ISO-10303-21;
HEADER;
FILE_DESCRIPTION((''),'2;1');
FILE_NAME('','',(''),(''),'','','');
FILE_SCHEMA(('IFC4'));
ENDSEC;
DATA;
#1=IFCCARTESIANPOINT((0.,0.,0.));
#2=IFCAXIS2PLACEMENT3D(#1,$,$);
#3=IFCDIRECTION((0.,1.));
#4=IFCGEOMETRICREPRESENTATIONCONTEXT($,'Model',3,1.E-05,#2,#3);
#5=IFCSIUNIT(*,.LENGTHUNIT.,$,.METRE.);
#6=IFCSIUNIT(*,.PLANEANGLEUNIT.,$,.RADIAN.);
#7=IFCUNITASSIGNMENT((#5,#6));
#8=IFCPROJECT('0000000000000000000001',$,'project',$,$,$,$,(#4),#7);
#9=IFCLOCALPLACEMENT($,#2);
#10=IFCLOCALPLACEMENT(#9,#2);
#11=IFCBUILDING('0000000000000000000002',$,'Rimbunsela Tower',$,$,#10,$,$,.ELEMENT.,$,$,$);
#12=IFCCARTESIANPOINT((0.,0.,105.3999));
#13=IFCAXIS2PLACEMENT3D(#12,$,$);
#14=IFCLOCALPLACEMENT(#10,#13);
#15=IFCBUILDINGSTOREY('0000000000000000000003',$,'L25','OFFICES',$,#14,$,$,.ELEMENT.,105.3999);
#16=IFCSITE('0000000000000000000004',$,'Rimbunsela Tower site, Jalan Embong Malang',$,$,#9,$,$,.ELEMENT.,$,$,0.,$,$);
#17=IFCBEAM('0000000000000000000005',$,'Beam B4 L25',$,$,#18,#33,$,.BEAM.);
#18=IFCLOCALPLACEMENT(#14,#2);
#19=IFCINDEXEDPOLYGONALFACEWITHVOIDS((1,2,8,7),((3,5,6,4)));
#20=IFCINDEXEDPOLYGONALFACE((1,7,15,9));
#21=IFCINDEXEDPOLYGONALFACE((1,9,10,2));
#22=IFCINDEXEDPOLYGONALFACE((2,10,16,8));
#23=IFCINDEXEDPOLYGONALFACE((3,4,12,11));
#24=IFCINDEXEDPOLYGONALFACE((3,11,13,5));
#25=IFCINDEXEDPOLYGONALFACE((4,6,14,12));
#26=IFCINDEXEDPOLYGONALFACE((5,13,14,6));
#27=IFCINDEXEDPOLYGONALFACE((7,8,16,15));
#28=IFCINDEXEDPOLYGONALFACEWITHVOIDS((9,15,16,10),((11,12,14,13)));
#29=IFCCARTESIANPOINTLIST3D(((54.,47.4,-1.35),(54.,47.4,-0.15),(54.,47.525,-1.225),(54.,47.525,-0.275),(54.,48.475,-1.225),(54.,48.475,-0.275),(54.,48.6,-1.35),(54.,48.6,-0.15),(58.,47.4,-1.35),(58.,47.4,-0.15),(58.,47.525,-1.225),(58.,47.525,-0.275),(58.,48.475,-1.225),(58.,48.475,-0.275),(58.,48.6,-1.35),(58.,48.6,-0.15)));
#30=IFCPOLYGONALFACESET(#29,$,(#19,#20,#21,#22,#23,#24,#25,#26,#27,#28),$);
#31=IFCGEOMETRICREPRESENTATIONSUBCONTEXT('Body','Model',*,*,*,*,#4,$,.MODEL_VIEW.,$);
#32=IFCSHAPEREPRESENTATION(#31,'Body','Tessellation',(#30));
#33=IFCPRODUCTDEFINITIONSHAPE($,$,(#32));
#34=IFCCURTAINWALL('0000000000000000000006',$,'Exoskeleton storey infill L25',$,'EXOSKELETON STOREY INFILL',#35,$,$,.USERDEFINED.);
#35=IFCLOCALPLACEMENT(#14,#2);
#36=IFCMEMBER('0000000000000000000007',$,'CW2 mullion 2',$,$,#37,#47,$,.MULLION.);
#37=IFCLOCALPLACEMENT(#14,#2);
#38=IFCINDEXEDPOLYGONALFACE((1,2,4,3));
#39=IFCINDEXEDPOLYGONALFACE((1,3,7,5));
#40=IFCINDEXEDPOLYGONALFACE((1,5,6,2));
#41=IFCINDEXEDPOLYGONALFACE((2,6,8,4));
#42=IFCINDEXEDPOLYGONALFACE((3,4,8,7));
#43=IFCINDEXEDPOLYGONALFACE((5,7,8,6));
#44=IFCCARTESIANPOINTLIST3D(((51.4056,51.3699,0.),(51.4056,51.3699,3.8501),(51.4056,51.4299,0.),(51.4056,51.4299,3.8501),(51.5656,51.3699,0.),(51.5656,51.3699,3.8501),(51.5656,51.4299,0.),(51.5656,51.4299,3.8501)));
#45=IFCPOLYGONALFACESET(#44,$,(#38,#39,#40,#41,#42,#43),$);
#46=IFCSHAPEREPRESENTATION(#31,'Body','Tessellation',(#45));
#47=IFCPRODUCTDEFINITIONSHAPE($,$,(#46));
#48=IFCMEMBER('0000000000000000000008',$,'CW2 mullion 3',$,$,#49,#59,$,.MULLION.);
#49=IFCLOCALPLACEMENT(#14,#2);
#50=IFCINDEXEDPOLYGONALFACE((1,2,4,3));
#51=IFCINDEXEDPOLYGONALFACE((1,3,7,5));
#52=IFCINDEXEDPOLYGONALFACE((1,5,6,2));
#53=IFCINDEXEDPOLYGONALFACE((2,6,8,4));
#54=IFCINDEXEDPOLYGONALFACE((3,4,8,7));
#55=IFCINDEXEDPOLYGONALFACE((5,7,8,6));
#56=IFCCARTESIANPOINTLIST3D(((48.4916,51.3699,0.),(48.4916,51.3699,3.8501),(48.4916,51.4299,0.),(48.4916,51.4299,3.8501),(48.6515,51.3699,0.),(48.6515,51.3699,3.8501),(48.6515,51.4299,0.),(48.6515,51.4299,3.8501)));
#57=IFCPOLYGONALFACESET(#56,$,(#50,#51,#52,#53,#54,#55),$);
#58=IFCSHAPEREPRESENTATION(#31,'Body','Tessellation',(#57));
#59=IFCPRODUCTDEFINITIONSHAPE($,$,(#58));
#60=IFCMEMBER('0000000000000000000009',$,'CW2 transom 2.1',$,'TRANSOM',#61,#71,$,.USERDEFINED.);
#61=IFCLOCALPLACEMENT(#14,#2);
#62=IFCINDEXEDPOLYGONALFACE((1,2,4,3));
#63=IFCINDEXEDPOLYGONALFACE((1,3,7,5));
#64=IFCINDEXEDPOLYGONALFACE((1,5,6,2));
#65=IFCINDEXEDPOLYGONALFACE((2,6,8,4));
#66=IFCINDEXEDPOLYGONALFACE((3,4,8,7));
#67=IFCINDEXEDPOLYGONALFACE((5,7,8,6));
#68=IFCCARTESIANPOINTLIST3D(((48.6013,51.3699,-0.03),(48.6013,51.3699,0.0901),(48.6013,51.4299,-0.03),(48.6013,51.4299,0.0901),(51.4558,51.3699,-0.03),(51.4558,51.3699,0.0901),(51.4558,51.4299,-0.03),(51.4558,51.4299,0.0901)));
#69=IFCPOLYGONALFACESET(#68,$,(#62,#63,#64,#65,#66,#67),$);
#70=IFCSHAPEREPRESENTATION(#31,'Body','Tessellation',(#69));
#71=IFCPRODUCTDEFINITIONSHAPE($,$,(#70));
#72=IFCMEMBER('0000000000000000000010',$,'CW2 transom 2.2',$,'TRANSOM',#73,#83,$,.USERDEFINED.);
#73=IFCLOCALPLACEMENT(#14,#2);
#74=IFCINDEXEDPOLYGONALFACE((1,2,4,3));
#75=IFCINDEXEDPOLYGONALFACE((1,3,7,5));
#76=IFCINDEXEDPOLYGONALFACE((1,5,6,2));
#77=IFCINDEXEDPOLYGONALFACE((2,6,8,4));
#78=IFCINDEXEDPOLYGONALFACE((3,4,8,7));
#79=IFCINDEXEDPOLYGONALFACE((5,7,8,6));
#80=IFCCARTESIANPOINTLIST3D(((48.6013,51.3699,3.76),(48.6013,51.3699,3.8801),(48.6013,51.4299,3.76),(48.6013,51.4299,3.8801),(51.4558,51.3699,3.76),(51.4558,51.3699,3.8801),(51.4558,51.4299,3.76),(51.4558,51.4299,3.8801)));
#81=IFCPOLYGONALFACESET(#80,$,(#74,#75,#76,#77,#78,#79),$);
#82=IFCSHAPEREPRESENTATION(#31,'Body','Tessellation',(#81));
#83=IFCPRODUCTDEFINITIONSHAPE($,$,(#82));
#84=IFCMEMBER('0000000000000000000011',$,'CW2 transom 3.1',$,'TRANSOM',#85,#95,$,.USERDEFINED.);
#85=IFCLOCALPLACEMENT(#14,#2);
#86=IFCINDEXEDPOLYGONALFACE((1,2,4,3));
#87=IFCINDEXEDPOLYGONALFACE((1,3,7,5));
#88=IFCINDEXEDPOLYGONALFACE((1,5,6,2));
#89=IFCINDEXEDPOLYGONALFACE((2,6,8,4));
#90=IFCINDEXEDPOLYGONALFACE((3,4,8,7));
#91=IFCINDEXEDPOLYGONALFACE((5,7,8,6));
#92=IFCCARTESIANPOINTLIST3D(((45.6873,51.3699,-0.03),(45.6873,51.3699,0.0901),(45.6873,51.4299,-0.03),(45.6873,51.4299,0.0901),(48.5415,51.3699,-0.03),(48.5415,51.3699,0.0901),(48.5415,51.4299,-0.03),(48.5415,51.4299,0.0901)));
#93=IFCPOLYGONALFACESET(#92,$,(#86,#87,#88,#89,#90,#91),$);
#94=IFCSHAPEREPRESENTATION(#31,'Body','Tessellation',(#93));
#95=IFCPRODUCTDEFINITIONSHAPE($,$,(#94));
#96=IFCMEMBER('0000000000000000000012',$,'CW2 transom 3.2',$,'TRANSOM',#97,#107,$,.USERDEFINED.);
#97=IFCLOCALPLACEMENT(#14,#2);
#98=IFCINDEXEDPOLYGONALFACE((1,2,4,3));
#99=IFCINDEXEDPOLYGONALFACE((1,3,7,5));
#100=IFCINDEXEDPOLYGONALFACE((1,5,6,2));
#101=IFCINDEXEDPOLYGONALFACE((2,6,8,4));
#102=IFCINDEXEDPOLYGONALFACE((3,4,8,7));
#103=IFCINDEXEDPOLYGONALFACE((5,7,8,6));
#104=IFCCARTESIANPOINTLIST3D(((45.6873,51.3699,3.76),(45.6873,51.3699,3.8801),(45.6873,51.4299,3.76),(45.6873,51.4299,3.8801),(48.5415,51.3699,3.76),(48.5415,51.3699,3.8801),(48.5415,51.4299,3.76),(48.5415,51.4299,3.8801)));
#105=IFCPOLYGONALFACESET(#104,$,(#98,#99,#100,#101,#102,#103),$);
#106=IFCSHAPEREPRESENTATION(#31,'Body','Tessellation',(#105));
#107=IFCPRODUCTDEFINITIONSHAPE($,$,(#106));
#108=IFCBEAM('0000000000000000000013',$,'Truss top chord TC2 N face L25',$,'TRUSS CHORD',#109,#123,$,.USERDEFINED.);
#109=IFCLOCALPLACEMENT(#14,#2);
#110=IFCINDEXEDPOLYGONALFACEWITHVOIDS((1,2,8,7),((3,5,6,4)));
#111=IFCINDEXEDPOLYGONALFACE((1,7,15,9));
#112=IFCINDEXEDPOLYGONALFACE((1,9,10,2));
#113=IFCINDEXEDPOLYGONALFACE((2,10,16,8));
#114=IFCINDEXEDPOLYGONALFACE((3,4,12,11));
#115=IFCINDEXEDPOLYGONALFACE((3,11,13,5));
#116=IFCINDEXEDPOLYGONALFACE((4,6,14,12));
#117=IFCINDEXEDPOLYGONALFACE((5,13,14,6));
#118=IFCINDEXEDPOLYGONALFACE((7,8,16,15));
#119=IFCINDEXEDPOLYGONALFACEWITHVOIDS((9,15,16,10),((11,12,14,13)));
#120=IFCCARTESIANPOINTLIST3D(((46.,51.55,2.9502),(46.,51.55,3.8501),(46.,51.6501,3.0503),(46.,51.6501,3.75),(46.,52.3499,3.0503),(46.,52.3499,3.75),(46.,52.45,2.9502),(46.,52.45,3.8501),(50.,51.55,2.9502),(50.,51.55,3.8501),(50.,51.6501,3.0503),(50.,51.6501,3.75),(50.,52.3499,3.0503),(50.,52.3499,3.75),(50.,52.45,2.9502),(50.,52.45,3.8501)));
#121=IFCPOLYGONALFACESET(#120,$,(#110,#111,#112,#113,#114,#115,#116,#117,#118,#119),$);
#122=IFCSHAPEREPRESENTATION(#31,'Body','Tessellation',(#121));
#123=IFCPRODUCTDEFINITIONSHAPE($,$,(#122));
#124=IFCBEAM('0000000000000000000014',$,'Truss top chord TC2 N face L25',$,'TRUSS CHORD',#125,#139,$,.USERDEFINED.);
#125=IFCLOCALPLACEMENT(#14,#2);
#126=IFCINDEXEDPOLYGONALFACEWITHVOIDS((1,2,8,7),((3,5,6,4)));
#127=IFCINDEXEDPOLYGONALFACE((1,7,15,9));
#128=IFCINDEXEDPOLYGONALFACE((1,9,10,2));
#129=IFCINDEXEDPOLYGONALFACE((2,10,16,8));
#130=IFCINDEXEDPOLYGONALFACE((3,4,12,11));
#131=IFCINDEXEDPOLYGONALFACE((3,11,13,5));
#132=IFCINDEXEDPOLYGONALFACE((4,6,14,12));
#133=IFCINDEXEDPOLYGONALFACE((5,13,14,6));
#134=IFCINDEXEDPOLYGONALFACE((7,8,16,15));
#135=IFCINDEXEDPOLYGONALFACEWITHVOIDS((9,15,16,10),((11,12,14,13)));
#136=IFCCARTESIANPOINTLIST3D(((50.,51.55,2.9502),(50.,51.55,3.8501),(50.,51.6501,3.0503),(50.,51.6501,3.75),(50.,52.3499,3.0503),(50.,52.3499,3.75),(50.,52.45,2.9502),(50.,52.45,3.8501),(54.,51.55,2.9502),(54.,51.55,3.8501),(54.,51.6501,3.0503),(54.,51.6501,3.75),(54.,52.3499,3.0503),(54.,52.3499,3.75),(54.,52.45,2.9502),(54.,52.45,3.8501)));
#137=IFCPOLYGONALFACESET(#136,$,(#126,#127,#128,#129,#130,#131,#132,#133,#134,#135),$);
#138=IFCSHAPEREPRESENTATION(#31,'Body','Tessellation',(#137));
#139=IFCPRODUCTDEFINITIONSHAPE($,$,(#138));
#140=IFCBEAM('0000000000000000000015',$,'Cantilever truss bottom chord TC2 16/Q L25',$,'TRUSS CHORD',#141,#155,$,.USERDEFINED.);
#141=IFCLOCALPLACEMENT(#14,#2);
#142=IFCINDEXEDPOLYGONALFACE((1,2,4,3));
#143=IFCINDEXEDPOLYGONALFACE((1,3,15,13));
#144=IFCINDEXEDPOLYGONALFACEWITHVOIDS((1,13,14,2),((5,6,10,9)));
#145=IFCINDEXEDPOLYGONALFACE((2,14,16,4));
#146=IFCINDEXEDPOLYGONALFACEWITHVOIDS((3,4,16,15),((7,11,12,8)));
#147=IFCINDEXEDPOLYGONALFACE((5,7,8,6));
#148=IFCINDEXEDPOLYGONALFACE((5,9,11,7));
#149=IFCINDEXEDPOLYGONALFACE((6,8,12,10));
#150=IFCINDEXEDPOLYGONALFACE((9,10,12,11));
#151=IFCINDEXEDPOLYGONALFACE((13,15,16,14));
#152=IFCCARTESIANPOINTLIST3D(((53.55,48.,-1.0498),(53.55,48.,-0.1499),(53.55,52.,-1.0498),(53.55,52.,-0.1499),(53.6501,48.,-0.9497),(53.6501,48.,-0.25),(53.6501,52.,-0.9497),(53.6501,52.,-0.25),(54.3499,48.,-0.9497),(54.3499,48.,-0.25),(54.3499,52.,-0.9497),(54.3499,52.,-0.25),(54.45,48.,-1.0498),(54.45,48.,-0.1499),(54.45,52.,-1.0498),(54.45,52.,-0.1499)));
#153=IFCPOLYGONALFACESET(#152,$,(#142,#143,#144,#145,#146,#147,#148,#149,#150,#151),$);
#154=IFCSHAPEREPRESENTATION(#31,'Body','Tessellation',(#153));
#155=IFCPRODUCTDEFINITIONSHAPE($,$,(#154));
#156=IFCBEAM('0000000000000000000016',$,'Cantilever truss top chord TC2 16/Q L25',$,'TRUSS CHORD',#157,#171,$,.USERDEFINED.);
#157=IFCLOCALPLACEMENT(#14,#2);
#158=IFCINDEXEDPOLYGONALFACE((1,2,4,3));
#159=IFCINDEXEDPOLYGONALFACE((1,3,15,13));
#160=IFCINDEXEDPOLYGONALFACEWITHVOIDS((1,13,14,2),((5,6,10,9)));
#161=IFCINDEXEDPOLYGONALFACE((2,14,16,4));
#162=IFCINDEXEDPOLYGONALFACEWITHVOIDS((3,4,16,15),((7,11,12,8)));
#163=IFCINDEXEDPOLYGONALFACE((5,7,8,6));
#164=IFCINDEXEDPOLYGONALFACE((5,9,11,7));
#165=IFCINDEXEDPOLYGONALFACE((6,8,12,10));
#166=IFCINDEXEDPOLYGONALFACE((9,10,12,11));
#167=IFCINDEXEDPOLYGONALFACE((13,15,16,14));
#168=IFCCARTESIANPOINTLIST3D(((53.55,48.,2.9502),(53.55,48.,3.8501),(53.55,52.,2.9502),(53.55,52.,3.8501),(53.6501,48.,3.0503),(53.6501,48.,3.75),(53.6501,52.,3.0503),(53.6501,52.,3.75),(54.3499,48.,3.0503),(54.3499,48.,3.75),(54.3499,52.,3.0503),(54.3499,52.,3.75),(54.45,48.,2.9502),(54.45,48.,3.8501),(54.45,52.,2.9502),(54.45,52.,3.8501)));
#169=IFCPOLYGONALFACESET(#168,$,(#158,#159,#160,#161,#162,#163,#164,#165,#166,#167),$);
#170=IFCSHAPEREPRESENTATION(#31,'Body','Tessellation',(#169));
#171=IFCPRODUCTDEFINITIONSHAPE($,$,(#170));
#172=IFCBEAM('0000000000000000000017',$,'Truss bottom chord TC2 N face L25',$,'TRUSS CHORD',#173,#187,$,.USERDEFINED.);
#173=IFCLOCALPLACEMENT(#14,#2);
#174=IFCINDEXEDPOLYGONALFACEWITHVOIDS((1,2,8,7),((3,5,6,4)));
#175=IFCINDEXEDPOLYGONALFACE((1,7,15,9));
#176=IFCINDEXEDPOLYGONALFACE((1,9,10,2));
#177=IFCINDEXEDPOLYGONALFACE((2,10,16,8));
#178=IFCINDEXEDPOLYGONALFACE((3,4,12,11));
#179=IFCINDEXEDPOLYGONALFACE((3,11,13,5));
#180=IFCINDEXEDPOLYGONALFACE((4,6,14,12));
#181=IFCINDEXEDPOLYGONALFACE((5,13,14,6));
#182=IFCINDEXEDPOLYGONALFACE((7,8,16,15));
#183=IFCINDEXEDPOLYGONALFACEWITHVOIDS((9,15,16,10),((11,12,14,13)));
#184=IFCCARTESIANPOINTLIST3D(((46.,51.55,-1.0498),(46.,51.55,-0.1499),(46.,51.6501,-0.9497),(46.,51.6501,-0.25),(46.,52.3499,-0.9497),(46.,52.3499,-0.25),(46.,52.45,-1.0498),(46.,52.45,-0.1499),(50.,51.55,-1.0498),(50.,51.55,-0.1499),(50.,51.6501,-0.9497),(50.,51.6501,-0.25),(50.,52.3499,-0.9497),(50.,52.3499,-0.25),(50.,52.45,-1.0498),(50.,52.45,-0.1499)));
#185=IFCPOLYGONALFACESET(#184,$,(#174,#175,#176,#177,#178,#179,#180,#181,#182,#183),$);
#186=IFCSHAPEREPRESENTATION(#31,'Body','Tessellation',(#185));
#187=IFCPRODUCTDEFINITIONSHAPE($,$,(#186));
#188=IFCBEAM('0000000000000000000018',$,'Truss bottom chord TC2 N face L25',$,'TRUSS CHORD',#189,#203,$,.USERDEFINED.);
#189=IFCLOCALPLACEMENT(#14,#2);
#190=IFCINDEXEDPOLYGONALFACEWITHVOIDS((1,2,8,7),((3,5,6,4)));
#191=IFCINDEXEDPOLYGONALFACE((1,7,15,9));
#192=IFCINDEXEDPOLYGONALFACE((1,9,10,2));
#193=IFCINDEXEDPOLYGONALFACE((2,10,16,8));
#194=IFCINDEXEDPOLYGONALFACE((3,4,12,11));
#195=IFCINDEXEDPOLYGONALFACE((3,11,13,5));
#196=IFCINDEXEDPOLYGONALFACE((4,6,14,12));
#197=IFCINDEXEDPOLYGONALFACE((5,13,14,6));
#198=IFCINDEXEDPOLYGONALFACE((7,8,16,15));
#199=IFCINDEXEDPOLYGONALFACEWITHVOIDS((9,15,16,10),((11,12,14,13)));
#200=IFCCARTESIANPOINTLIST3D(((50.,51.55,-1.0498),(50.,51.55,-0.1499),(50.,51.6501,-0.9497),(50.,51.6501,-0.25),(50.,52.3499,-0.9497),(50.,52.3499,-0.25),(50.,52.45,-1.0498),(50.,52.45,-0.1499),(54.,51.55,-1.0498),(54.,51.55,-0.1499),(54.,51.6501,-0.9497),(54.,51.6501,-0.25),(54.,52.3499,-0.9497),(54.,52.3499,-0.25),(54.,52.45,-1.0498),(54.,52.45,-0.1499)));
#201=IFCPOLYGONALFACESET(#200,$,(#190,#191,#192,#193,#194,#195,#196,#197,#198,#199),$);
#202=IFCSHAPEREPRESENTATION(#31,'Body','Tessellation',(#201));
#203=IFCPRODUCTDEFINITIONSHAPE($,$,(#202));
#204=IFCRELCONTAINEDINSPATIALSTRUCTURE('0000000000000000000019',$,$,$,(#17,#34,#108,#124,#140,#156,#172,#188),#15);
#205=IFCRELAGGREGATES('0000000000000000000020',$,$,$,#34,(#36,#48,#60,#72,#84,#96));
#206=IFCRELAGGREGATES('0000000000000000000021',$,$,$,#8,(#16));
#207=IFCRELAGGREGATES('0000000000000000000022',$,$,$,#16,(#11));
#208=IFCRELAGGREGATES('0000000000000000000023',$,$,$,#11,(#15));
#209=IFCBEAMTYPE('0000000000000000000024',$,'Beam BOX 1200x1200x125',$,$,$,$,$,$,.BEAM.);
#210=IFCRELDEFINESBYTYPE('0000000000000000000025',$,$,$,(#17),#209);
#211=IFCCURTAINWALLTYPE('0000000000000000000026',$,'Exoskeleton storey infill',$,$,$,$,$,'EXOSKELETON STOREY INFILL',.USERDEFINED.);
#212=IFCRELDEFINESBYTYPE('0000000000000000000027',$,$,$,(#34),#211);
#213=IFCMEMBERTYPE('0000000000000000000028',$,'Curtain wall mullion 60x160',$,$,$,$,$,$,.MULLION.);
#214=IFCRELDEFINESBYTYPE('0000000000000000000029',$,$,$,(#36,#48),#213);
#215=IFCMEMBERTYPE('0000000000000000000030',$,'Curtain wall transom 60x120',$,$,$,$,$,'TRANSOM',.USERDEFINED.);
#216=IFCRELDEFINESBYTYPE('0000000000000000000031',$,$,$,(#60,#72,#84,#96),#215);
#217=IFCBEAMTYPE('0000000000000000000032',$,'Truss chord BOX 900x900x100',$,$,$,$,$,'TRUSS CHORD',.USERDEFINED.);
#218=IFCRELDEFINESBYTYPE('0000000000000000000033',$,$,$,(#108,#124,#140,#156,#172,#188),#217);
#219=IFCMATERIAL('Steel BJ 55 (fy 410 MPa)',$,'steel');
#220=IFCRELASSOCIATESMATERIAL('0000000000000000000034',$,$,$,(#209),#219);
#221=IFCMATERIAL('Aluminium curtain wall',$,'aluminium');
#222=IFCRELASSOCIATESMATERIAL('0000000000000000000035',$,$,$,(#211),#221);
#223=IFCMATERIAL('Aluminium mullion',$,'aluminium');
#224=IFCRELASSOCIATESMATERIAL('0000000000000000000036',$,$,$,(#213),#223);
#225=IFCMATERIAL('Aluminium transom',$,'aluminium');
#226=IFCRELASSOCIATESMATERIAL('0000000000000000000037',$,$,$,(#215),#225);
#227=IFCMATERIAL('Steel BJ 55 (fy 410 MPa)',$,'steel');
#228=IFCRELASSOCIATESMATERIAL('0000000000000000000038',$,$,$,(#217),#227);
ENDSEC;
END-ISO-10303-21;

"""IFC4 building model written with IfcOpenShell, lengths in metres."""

from ifc_helpers import new_model, si_unit, direction, frame, origin, origin_2d, place, context, subcontext, project, spatial, rectangle, hollow_rectangle, extrude, material, material_profile, profile_set, type_object, element, aggregate, save


model = new_model("IFC4")

# Units and contexts
model_context = context("Model", 3, precision=1e-05, world=origin(), true_north=direction((0.0, 1.0)))
body_context = subcontext(model_context, "Body", "Model", "MODEL_VIEW")
ifc_project = project(units=[si_unit("LENGTHUNIT", "METRE"), si_unit("PLANEANGLEUNIT", "RADIAN")], contexts=[model_context])

# Site, building, storey
site_placement = place(None, origin())
site = spatial("IfcSite", under=ifc_project, at=site_placement, Name="Rimbunsela Tower site, Jalan Embong Malang", CompositionType="ELEMENT", RefElevation=0.0)
building_placement = place(site_placement, origin())
building = spatial("IfcBuilding", under=site, at=building_placement, Name="Rimbunsela Tower", CompositionType="ELEMENT")
storey_placement = place(building_placement, frame((0.0, 0.0, 105.3999)))
storey = spatial("IfcBuildingStorey", under=building, at=storey_placement, Name="L25", Description="OFFICES", CompositionType="ELEMENT", Elevation=105.3999)

# Beam
ifc_material_1 = material(Name="Steel BJ 55 (fy 410 MPa)", Category="steel")
ifc_material_profile_1 = material_profile(ifc_material_1, hollow_rectangle(XDim=1.2, YDim=1.2, WallThickness=0.125, at=origin_2d()), Name="BOX 1200x1200x125")
ifc_profile_set_1 = profile_set([ifc_material_profile_1], Name="Steel BJ 55 (fy 410 MPa)")
beam_type_1 = type_object("IfcBeamType", Name="Beam BOX 1200x1200x125", PredefinedType="BEAM", material=ifc_profile_set_1)
beam_placement = place(storey_placement, frame((54.0, 48.0, -0.75), z_axis=(1.0, 0.0, 0.0), x_axis=(0.0, 1.0, 0.0)))
element("IfcBeam", 1, at=beam_placement, inside=storey, type_object=beam_type_1, Name="Beam B4 L25", PredefinedType="BEAM", context=body_context, shape_type="SweptSolid", body=[
    extrude(hollow_rectangle(XDim=1.2, YDim=1.2, WallThickness=0.125, at=origin_2d()), origin(), (0.0, 0.0, 1.0), 4.0),
])

# Curtain wall, members
ifc_material_2 = material(Name="Aluminium curtain wall", Category="aluminium")
curtain_wall_type = type_object("IfcCurtainWallType", Name="Exoskeleton storey infill", ElementType="EXOSKELETON STOREY INFILL", PredefinedType="USERDEFINED", material=ifc_material_2)
curtain_wall_placement = place(storey_placement, origin())
curtain_wall = element("IfcCurtainWall", 2, at=curtain_wall_placement, inside=storey, type_object=curtain_wall_type, Name="Exoskeleton storey infill L25", ObjectType="EXOSKELETON STOREY INFILL", PredefinedType="USERDEFINED")
ifc_material_3 = material(Name="Aluminium mullion", Category="aluminium")
ifc_material_profile_2 = material_profile(ifc_material_3, rectangle(XDim=0.0601, YDim=0.1599, at=origin_2d()), Name="Mullion 60x160")
ifc_profile_set_2 = profile_set([ifc_material_profile_2], Name="Aluminium mullion")
member_type_1 = type_object("IfcMemberType", Name="Curtain wall mullion 60x160", PredefinedType="MULLION", material=ifc_profile_set_2)
member_1_placement = place(storey_placement, frame((51.4856, 51.3999, 0.0), z_axis=(0.0, 0.0, 1.0), x_axis=(0.0, -1.0, 0.0)))
member_1 = element("IfcMember", 3, at=member_1_placement, type_object=member_type_1, Name="CW2 mullion 2", PredefinedType="MULLION", context=body_context, shape_type="SweptSolid", body=[
    extrude(rectangle(XDim=0.0601, YDim=0.1599, at=origin_2d()), origin(), (0.0, 0.0, 1.0), 3.8501),
])
member_2_placement = place(storey_placement, frame((48.5715, 51.3999, 0.0), z_axis=(0.0, 0.0, 1.0), x_axis=(0.0, -1.0, 0.0)))
member_2 = element("IfcMember", 4, at=member_2_placement, type_object=member_type_1, Name="CW2 mullion 3", PredefinedType="MULLION", context=body_context, shape_type="SweptSolid", body=[
    extrude(rectangle(XDim=0.0601, YDim=0.1599, at=origin_2d()), origin(), (0.0, 0.0, 1.0), 3.8501),
])
ifc_material_4 = material(Name="Aluminium transom", Category="aluminium")
ifc_material_profile_3 = material_profile(ifc_material_4, rectangle(XDim=0.0601, YDim=0.1201, at=origin_2d()), Name="Transom 60x120")
ifc_profile_set_3 = profile_set([ifc_material_profile_3], Name="Aluminium transom")
member_type_2 = type_object("IfcMemberType", Name="Curtain wall transom 60x120", ElementType="TRANSOM", PredefinedType="USERDEFINED", material=ifc_profile_set_3)
member_3_placement = place(storey_placement, frame((51.4558, 51.3999, 0.03), z_axis=(-1.0, 0.0, 0.0), x_axis=(0.0, -1.0, 0.0)))
member_3 = element("IfcMember", 5, at=member_3_placement, type_object=member_type_2, Name="CW2 transom 2.1", ObjectType="TRANSOM", PredefinedType="USERDEFINED", context=body_context, shape_type="SweptSolid", body=[
    extrude(rectangle(XDim=0.0601, YDim=0.1201, at=origin_2d()), origin(), (0.0, 0.0, 1.0), 2.8545),
])
member_4_placement = place(storey_placement, frame((51.4558, 51.3999, 3.8201), z_axis=(-1.0, 0.0, 0.0), x_axis=(0.0, -1.0, 0.0)))
member_4 = element("IfcMember", 6, at=member_4_placement, type_object=member_type_2, Name="CW2 transom 2.2", ObjectType="TRANSOM", PredefinedType="USERDEFINED", context=body_context, shape_type="SweptSolid", body=[
    extrude(rectangle(XDim=0.0601, YDim=0.1201, at=origin_2d()), origin(), (0.0, 0.0, 1.0), 2.8545),
])
member_5_placement = place(storey_placement, frame((48.5415, 51.3999, 0.03), z_axis=(-1.0, 0.0, 0.0), x_axis=(0.0, -1.0, 0.0)))
member_5 = element("IfcMember", 7, at=member_5_placement, type_object=member_type_2, Name="CW2 transom 3.1", ObjectType="TRANSOM", PredefinedType="USERDEFINED", context=body_context, shape_type="SweptSolid", body=[
    extrude(rectangle(XDim=0.0601, YDim=0.1201, at=origin_2d()), origin(), (0.0, 0.0, 1.0), 2.8542),
])
member_6_placement = place(storey_placement, frame((48.5415, 51.3999, 3.8201), z_axis=(-1.0, 0.0, 0.0), x_axis=(0.0, -1.0, 0.0)))
member_6 = element("IfcMember", 8, at=member_6_placement, type_object=member_type_2, Name="CW2 transom 3.2", ObjectType="TRANSOM", PredefinedType="USERDEFINED", context=body_context, shape_type="SweptSolid", body=[
    extrude(rectangle(XDim=0.0601, YDim=0.1201, at=origin_2d()), origin(), (0.0, 0.0, 1.0), 2.8542),
])

# Beams
ifc_material_5 = material(Name="Steel BJ 55 (fy 410 MPa)", Category="steel")
ifc_material_profile_4 = material_profile(ifc_material_5, hollow_rectangle(XDim=0.8999, YDim=0.8999, WallThickness=0.1001, at=origin_2d()), Name="BOX 900x900x100")
ifc_profile_set_4 = profile_set([ifc_material_profile_4], Name="Steel BJ 55 (fy 410 MPa)")
beam_type_2 = type_object("IfcBeamType", Name="Truss chord BOX 900x900x100", ElementType="TRUSS CHORD", PredefinedType="USERDEFINED", material=ifc_profile_set_4)
for number, where, z_axis, x_axis, name in (
    (9, (46.0, 52.0, 3.4001), (1.0, 0.0, 0.0), (0.0, 1.0, 0.0), "Truss top chord TC2 N face L25"),
    (10, (50.0, 52.0, 3.4001), (1.0, 0.0, 0.0), (0.0, 1.0, 0.0), "Truss top chord TC2 N face L25"),
    (11, (54.0, 48.0, -0.5999), (0.0, 1.0, 0.0), (-1.0, 0.0, 0.0), "Cantilever truss bottom chord TC2 16/Q L25"),
    (12, (54.0, 48.0, 3.4001), (0.0, 1.0, 0.0), (-1.0, 0.0, 0.0), "Cantilever truss top chord TC2 16/Q L25"),
    (13, (46.0, 52.0, -0.5999), (1.0, 0.0, 0.0), (0.0, 1.0, 0.0), "Truss bottom chord TC2 N face L25"),
    (14, (50.0, 52.0, -0.5999), (1.0, 0.0, 0.0), (0.0, 1.0, 0.0), "Truss bottom chord TC2 N face L25"),
):
    element("IfcBeam", number, at=place(storey_placement, frame(where, z_axis=z_axis, x_axis=x_axis)), inside=storey, type_object=beam_type_2, Name=name, ObjectType="TRUSS CHORD", PredefinedType="USERDEFINED", context=body_context, shape_type="SweptSolid", body=[
        extrude(hollow_rectangle(XDim=0.8999, YDim=0.8999, WallThickness=0.1001, at=origin_2d()), origin(), (0.0, 0.0, 1.0), 4.0),
    ])

aggregate(curtain_wall, [member_1, member_2, member_3, member_4, member_5, member_6])

save(model, "model.ifc")
